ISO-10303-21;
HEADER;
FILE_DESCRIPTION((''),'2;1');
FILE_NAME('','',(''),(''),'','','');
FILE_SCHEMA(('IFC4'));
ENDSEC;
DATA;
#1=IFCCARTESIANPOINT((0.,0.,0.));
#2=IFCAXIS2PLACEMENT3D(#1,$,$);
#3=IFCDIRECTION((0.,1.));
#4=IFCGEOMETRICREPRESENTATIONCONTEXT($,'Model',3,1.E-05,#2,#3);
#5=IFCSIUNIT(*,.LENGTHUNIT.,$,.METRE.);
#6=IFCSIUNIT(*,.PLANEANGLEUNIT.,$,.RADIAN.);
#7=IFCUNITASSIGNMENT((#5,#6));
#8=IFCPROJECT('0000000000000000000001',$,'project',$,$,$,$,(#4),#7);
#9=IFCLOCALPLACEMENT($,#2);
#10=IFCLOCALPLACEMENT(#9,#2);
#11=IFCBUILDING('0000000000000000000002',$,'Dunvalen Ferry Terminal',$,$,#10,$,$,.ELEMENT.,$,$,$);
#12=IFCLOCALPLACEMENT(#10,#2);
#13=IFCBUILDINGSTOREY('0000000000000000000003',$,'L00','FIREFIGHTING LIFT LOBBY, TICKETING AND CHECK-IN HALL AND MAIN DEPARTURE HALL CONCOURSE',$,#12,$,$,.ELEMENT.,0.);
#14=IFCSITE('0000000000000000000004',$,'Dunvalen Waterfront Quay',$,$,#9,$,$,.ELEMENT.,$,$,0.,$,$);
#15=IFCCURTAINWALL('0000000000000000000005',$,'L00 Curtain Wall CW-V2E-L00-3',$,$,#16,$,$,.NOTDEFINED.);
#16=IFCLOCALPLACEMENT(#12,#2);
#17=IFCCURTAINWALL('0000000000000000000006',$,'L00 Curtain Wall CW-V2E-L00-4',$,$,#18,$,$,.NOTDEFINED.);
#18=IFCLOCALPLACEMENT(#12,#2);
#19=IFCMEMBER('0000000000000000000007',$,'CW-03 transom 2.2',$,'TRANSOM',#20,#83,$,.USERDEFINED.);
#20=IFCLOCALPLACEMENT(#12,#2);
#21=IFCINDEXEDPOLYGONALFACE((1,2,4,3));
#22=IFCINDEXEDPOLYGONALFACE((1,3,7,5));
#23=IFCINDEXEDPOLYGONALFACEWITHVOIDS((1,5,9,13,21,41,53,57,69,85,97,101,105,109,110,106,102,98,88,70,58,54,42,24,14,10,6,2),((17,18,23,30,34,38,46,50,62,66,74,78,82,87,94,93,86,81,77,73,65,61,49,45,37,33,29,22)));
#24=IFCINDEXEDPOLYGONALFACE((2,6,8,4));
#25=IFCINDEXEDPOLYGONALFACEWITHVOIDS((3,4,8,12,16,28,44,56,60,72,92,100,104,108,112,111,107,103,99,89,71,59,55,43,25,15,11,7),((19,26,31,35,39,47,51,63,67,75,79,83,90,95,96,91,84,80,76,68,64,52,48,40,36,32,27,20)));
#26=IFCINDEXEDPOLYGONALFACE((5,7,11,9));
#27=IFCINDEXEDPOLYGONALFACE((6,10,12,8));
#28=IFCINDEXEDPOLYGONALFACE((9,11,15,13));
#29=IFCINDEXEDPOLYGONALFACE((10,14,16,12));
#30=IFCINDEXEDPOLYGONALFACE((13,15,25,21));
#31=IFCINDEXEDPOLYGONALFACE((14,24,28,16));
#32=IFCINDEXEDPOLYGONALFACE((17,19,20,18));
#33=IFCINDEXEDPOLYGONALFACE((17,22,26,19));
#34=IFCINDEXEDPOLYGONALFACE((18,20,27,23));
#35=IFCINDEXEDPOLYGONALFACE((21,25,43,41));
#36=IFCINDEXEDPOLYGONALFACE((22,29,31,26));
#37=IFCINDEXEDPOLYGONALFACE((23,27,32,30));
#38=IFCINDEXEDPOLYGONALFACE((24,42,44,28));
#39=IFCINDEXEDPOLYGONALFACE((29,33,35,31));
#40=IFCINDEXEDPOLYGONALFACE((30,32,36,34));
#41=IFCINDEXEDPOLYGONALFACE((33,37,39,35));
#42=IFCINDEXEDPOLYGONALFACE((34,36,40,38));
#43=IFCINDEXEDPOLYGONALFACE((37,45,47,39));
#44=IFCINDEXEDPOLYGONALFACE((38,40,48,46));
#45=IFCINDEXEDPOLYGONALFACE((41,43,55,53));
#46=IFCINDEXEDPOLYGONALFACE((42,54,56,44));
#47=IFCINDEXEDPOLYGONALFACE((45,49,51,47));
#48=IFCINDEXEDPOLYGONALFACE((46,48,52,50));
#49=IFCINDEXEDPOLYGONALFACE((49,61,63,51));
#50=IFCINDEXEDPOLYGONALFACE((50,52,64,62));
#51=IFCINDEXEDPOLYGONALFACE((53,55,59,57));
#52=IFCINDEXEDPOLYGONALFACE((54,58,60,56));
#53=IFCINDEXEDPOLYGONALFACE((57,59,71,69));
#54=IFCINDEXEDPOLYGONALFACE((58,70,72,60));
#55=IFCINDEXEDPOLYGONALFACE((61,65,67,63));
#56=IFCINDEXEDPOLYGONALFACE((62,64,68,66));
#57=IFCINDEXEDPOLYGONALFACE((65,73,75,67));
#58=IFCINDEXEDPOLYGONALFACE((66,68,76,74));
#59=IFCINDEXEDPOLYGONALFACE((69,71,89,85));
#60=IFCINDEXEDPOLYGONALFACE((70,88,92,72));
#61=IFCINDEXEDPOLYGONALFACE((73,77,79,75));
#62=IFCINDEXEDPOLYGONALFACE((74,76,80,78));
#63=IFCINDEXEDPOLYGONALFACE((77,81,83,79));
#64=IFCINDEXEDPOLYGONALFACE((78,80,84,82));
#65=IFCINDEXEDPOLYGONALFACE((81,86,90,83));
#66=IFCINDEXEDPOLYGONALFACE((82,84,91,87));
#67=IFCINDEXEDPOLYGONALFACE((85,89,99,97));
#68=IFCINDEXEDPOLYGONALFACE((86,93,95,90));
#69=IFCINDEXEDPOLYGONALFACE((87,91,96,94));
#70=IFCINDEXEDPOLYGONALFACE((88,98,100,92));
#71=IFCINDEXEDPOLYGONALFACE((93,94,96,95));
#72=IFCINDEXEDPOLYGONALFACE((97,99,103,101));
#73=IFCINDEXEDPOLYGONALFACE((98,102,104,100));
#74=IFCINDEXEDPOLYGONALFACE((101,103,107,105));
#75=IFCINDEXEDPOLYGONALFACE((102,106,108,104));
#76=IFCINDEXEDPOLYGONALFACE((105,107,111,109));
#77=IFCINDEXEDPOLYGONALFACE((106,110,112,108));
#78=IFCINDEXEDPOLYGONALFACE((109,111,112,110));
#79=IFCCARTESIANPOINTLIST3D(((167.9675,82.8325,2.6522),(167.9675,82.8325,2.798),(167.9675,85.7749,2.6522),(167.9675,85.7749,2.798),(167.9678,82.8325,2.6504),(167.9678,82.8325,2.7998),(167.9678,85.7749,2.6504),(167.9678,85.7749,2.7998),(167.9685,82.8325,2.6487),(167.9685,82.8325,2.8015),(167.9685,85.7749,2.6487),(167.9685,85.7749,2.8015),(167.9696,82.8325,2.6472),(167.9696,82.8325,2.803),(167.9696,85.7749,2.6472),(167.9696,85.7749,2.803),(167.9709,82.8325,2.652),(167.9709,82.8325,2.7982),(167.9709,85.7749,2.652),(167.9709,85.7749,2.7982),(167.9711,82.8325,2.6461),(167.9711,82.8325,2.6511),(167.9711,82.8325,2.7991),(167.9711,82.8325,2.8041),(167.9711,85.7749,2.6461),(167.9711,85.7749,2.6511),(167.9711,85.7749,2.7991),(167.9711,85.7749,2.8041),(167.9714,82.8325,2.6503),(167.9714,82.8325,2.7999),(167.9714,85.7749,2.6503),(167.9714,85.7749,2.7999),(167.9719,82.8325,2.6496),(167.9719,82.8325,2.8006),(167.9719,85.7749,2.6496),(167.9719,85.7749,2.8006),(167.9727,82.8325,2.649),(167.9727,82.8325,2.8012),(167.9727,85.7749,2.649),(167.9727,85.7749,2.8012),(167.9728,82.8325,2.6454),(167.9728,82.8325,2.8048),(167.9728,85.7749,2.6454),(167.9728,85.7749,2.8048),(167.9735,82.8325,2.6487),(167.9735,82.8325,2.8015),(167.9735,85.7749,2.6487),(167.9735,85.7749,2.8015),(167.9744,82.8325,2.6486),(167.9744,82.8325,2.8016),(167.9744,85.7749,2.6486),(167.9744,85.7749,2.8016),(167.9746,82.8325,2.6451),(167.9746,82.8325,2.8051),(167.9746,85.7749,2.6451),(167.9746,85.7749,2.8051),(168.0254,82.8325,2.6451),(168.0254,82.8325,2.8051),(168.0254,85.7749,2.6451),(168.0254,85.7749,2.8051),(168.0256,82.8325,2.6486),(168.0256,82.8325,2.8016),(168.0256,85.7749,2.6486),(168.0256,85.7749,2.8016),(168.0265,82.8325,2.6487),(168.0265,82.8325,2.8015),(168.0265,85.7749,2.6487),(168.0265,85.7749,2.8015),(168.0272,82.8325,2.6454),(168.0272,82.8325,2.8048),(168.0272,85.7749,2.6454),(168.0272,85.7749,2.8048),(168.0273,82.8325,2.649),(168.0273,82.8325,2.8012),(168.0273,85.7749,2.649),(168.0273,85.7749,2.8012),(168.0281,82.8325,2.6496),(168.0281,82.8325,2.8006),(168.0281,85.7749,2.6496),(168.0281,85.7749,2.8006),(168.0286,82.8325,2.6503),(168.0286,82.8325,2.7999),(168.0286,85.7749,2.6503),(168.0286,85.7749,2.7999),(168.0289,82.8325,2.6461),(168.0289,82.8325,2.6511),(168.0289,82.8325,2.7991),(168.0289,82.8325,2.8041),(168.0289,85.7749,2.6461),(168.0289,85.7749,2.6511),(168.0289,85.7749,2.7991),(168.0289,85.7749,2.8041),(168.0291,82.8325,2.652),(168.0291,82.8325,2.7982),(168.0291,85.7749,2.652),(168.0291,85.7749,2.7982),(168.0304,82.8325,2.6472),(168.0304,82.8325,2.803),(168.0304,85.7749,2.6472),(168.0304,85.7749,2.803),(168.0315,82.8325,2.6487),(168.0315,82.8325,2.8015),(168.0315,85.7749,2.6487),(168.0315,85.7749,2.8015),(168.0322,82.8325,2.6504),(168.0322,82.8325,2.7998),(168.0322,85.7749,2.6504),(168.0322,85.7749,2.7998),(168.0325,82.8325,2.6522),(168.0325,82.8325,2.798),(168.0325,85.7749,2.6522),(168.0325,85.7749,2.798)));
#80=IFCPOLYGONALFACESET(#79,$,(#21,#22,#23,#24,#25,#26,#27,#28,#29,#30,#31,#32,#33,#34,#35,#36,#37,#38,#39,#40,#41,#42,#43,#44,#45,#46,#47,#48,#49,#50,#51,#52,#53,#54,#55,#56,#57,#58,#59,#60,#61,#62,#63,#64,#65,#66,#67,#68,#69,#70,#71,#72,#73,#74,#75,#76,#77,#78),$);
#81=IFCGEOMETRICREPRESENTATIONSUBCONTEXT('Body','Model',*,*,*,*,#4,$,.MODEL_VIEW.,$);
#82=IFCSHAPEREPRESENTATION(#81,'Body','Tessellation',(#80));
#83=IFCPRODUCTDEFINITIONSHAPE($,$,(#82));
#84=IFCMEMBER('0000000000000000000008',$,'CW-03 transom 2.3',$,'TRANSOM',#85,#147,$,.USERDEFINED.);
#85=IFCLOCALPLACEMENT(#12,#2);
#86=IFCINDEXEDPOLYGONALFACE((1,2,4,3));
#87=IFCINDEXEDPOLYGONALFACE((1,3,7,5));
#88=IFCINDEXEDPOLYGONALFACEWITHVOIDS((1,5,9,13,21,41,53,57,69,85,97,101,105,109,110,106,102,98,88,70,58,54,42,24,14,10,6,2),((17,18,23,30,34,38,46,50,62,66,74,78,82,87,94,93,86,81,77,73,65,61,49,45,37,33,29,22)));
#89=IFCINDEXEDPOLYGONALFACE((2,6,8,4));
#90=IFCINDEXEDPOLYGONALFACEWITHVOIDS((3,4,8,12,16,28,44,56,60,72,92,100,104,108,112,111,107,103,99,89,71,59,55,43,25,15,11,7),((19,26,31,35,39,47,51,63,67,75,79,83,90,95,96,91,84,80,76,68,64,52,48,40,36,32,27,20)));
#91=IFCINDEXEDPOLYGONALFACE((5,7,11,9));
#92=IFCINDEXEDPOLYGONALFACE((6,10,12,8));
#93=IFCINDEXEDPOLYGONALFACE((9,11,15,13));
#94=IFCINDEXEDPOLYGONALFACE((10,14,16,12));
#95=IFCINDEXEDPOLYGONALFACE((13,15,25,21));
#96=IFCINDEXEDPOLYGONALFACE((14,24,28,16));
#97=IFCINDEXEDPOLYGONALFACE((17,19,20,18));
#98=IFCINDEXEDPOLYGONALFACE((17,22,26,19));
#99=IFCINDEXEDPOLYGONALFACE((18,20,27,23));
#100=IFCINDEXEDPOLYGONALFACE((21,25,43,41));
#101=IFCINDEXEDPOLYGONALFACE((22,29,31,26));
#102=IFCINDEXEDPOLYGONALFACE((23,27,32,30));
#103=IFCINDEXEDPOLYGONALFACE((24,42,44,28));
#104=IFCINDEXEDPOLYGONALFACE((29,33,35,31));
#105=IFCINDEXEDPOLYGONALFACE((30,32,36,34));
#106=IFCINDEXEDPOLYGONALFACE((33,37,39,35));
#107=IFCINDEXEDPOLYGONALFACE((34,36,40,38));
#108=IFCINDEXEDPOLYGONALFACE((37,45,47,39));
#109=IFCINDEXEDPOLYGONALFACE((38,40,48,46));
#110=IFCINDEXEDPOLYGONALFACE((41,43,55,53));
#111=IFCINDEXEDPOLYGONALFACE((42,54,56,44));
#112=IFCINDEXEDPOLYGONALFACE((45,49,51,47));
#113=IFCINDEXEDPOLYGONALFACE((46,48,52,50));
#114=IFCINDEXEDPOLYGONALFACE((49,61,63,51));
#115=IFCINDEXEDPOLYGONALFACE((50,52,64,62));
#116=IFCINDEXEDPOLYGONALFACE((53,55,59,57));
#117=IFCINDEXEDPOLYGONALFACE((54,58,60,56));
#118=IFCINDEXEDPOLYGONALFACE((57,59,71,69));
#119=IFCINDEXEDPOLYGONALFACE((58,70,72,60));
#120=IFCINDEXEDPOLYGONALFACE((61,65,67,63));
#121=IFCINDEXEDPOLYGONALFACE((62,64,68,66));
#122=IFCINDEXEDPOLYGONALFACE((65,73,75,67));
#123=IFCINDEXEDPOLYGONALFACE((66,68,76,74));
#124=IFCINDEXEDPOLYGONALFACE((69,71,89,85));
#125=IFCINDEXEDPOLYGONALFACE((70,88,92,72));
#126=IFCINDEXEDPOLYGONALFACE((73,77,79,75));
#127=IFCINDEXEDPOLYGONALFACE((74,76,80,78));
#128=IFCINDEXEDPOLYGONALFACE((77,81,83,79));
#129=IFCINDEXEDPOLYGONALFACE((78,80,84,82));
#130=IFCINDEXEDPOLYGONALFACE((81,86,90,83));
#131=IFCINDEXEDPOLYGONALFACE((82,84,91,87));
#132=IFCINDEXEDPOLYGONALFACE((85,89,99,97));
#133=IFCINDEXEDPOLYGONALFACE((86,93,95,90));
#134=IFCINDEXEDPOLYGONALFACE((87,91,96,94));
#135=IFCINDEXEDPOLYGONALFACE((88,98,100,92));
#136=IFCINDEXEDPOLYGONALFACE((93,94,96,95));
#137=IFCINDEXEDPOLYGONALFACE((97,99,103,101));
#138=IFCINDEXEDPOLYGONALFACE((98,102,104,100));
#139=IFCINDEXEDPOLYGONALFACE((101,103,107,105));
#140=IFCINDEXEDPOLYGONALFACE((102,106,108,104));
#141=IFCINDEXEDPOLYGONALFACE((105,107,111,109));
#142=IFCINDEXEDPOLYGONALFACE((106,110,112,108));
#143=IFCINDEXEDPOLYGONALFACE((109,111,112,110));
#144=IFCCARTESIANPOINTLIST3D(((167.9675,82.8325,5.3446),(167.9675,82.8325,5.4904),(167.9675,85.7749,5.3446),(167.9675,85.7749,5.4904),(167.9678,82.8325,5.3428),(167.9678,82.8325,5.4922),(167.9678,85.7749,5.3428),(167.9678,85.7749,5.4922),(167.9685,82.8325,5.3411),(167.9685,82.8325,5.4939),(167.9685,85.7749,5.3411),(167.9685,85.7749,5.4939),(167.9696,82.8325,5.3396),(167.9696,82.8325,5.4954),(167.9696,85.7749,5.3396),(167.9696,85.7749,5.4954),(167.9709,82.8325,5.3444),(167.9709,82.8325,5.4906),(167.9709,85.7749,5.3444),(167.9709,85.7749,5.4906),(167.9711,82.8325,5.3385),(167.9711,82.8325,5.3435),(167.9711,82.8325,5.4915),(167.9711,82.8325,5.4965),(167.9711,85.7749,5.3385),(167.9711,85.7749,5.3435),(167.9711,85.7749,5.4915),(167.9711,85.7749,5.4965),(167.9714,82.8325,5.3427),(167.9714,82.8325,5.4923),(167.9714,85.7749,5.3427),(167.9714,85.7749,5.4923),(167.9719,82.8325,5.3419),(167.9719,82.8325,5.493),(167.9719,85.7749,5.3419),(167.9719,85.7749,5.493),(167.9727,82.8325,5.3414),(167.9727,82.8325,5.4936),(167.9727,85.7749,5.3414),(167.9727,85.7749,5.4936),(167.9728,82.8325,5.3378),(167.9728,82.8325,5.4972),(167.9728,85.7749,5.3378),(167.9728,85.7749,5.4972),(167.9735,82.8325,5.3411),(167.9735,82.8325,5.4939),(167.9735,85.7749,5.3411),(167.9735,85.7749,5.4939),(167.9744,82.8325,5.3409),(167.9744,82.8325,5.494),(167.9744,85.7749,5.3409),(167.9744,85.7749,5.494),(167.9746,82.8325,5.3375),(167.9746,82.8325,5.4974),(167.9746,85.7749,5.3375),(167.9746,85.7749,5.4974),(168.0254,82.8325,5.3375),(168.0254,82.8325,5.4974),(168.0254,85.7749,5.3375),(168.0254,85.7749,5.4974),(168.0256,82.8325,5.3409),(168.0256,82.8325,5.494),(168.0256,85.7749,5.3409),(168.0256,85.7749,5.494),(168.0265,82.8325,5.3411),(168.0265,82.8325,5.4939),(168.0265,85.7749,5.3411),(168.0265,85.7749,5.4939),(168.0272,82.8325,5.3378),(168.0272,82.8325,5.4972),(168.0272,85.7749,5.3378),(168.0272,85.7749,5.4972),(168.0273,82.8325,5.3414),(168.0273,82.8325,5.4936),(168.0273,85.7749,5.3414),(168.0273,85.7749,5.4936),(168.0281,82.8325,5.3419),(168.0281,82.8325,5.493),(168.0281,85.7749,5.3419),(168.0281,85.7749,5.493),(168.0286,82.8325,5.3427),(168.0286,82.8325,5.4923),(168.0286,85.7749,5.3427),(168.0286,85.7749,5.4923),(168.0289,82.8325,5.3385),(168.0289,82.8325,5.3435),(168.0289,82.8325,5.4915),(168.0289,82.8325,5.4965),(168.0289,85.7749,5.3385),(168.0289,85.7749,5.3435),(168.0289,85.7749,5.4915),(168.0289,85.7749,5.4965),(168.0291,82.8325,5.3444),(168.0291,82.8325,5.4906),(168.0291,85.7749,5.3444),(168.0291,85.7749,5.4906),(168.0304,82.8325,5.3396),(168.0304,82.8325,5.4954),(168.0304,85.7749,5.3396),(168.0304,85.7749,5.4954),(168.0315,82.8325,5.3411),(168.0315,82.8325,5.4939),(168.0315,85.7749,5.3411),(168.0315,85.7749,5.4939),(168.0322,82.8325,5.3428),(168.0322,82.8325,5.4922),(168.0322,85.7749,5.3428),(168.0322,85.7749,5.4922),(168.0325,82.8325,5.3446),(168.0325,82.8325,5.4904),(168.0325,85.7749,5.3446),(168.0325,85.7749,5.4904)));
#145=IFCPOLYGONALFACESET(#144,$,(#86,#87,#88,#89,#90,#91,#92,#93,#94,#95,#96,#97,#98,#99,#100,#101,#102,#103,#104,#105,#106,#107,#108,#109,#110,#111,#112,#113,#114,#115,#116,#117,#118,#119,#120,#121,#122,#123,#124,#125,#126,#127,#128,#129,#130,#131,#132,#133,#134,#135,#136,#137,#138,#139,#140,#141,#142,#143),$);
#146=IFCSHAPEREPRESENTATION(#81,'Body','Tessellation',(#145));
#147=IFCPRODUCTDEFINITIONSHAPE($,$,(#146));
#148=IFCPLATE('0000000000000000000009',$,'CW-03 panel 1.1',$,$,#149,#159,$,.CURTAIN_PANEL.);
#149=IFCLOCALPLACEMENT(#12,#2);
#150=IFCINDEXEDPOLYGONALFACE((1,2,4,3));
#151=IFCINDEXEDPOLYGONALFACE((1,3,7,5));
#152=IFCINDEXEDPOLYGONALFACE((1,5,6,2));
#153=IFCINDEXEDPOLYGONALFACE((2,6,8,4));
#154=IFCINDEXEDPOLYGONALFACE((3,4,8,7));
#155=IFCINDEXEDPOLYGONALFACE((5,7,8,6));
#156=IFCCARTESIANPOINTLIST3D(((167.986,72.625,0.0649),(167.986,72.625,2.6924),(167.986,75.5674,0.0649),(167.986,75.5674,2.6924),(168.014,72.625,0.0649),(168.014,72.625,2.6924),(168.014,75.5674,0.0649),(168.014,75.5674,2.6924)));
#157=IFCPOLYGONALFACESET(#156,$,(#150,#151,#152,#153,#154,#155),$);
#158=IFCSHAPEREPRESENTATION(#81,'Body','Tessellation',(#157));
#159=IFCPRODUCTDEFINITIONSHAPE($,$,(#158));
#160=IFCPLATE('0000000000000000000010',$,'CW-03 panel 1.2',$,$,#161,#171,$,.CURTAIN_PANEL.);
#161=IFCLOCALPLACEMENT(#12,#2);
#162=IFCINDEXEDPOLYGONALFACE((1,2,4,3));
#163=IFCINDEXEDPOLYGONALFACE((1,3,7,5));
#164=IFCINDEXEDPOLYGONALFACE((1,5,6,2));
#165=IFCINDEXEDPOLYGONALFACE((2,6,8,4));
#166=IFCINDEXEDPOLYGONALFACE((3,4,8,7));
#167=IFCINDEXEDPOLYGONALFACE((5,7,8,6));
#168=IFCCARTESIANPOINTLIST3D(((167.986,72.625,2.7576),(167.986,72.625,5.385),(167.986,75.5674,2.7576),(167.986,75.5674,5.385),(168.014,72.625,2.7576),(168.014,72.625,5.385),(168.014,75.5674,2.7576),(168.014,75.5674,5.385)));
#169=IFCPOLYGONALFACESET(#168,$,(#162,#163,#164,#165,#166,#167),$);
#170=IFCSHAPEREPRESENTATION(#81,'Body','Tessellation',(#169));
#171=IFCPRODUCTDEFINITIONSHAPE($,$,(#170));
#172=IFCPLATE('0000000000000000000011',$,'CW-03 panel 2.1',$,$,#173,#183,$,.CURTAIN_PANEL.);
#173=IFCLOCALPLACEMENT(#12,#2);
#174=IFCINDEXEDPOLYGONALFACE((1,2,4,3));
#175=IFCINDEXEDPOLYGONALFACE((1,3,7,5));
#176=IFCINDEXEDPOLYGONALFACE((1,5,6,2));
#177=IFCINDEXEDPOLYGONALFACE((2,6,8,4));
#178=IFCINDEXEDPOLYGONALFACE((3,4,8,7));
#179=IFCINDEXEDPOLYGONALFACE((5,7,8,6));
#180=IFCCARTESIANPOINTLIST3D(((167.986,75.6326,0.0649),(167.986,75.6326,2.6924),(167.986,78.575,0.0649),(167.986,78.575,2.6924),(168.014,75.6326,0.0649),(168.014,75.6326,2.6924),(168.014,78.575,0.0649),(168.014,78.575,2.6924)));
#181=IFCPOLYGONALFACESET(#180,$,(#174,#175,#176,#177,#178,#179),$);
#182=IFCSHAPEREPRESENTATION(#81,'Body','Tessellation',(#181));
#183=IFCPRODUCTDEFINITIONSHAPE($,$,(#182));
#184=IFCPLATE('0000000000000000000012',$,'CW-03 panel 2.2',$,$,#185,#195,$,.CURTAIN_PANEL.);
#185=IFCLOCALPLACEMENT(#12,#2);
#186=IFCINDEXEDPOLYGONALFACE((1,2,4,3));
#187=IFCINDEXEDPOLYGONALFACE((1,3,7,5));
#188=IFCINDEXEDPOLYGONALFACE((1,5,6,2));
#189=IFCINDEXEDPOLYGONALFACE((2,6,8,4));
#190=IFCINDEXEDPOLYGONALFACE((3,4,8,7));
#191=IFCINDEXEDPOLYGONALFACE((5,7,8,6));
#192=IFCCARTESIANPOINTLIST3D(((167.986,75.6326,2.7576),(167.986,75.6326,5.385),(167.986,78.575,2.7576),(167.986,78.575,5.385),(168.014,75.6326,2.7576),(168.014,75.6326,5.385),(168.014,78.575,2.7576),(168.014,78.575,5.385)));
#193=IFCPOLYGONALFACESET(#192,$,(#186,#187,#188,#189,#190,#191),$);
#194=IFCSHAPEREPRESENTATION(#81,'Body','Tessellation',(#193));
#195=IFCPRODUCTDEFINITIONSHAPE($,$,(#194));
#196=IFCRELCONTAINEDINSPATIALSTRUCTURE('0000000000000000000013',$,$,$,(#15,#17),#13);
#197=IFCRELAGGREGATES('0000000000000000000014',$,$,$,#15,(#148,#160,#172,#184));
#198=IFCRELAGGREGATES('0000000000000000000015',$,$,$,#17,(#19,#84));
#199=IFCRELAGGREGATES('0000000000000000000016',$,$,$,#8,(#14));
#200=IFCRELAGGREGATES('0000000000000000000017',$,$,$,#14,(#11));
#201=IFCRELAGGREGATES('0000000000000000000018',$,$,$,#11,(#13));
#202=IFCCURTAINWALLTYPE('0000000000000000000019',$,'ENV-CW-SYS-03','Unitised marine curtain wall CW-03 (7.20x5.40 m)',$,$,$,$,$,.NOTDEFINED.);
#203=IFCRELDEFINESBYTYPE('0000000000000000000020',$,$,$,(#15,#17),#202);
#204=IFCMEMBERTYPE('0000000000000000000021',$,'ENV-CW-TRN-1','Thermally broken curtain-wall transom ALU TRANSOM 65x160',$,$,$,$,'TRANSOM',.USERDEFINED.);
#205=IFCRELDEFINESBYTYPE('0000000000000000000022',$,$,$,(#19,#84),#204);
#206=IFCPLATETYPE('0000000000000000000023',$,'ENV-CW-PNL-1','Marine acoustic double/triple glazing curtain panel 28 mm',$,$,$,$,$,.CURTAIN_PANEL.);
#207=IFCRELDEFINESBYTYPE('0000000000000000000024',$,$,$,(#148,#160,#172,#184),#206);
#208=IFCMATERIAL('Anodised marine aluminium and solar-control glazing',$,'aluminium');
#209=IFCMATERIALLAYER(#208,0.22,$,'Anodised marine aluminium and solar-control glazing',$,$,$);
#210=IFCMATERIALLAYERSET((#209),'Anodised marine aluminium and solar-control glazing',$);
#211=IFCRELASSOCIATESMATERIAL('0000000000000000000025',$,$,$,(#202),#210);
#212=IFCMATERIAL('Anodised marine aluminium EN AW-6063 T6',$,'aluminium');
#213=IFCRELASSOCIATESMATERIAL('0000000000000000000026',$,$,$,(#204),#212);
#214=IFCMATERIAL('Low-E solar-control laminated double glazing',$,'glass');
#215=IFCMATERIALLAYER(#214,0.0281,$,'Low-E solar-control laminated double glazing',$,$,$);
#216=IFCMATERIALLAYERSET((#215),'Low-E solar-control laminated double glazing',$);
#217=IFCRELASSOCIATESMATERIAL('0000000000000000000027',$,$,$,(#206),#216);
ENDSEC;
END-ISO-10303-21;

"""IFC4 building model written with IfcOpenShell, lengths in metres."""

from ifc_helpers import new_model, si_unit, direction, frame, origin, origin_2d, place, context, subcontext, project, spatial, rectangle, hollow_rectangle, extrude, material, layer, layer_set, material_profile, profile_set, type_object, element, aggregate, save


model = new_model("IFC4")

# Units and contexts
model_context = context("Model", 3, precision=1e-05, world=origin(), true_north=direction((0.0, 1.0)))
body_context = subcontext(model_context, "Body", "Model", "MODEL_VIEW")
ifc_project = project(units=[si_unit("LENGTHUNIT", "METRE"), si_unit("PLANEANGLEUNIT", "RADIAN")], contexts=[model_context])

# Site, building, storey
site_placement = place(None, origin())
site = spatial("IfcSite", under=ifc_project, at=site_placement, Name="Dunvalen Waterfront Quay", CompositionType="ELEMENT", RefElevation=0.0)
building_placement = place(site_placement, origin())
building = spatial("IfcBuilding", under=site, at=building_placement, Name="Dunvalen Ferry Terminal", CompositionType="ELEMENT")
storey_placement = place(building_placement, origin())
storey = spatial("IfcBuildingStorey", under=building, at=storey_placement, Name="L00", Description="FIREFIGHTING LIFT LOBBY, TICKETING AND CHECK-IN HALL AND MAIN DEPARTURE HALL CONCOURSE", CompositionType="ELEMENT", Elevation=0.0)

# Curtain walls
ifc_material_1 = material(Name="Anodised marine aluminium and solar-control glazing", Category="aluminium")
ifc_layer_1 = layer(ifc_material_1, 0.22, Name="Anodised marine aluminium and solar-control glazing")
ifc_layer_set_1 = layer_set([ifc_layer_1], Name="Anodised marine aluminium and solar-control glazing")
curtain_wall_type = type_object("IfcCurtainWallType", Name="ENV-CW-SYS-03", Description="Unitised marine curtain wall CW-03 (7.20x5.40 m)", PredefinedType="NOTDEFINED", material=ifc_layer_set_1)
curtain_wall_1_placement = place(storey_placement, origin())
curtain_wall_1 = element("IfcCurtainWall", 1, at=curtain_wall_1_placement, inside=storey, type_object=curtain_wall_type, Name="L00 Curtain Wall CW-V2E-L00-3", PredefinedType="NOTDEFINED")
ifc_material_2 = material(Name="Anodised marine aluminium EN AW-6063 T6", Category="aluminium")
curtain_wall_2_placement = place(storey_placement, origin())
curtain_wall_2 = element("IfcCurtainWall", 2, at=curtain_wall_2_placement, inside=storey, type_object=curtain_wall_type, Name="L00 Curtain Wall CW-V2E-L00-4", PredefinedType="NOTDEFINED")

# Members
ifc_material_profile_1 = material_profile(ifc_material_2, hollow_rectangle(XDim=0.0649, YDim=0.1599, WallThickness=0.0034, InnerFilletRadius=0.0034, OuterFilletRadius=0.0071, at=origin_2d()), Name="Anodised marine aluminium EN AW-6063 T6")
ifc_profile_set_1 = profile_set([ifc_material_profile_1], Name="Anodised marine aluminium EN AW-6063 T6")
member_type_1 = type_object("IfcMemberType", Name="ENV-CW-TRN-1", Description="Thermally broken curtain-wall transom ALU TRANSOM 65x160", ElementType="TRANSOM", PredefinedType="USERDEFINED", material=ifc_profile_set_1)
member_1_placement = place(storey_placement, frame((168.0, 82.8325, 2.7251), z_axis=(0.0, 1.0, 0.0), x_axis=(-1.0, 0.0, 0.0)))
member_1 = element("IfcMember", 3, at=member_1_placement, type_object=member_type_1, Name="CW-03 transom 2.2", ObjectType="TRANSOM", PredefinedType="USERDEFINED", context=body_context, shape_type="SweptSolid", body=[
    extrude(hollow_rectangle(XDim=0.0649, YDim=0.1599, WallThickness=0.0034, InnerFilletRadius=0.0034, OuterFilletRadius=0.0071, at=origin_2d()), origin(), (0.0, 0.0, 1.0), 2.9424),
])
member_2_placement = place(storey_placement, frame((168.0, 82.8325, 5.4175), z_axis=(0.0, 1.0, 0.0), x_axis=(-1.0, 0.0, 0.0)))
member_2 = element("IfcMember", 4, at=member_2_placement, type_object=member_type_1, Name="CW-03 transom 2.3", ObjectType="TRANSOM", PredefinedType="USERDEFINED", context=body_context, shape_type="SweptSolid", body=[
    extrude(hollow_rectangle(XDim=0.0649, YDim=0.1599, WallThickness=0.0034, InnerFilletRadius=0.0034, OuterFilletRadius=0.0071, at=origin_2d()), origin(), (0.0, 0.0, 1.0), 2.9424),
])

# Plates
ifc_material_3 = material(Name="Low-E solar-control laminated double glazing", Category="glass")
ifc_layer_2 = layer(ifc_material_3, 0.0281, Name="Low-E solar-control laminated double glazing")
ifc_layer_set_2 = layer_set([ifc_layer_2], Name="Low-E solar-control laminated double glazing")
plate_type = type_object("IfcPlateType", Name="ENV-CW-PNL-1", Description="Marine acoustic double/triple glazing curtain panel 28 mm", PredefinedType="CURTAIN_PANEL", material=ifc_layer_set_2)
plate_1_placement = place(storey_placement, frame((168.0, 74.0962, 0.0649), z_axis=(0.0, 0.0, 1.0), x_axis=(0.0, 1.0, 0.0)))
plate_1 = element("IfcPlate", 5, at=plate_1_placement, type_object=plate_type, Name="CW-03 panel 1.1", PredefinedType="CURTAIN_PANEL", context=body_context, shape_type="SweptSolid", body=[
    extrude(rectangle(XDim=2.9424, YDim=0.0281, at=origin_2d()), origin(), (0.0, 0.0, 1.0), 2.6274),
])
plate_2_placement = place(storey_placement, frame((168.0, 74.0962, 2.7576), z_axis=(0.0, 0.0, 1.0), x_axis=(0.0, 1.0, 0.0)))
plate_2 = element("IfcPlate", 6, at=plate_2_placement, type_object=plate_type, Name="CW-03 panel 1.2", PredefinedType="CURTAIN_PANEL", context=body_context, shape_type="SweptSolid", body=[
    extrude(rectangle(XDim=2.9424, YDim=0.0281, at=origin_2d()), origin(), (0.0, 0.0, 1.0), 2.6274),
])
plate_3_placement = place(storey_placement, frame((168.0, 77.1038, 0.0649), z_axis=(0.0, 0.0, 1.0), x_axis=(0.0, 1.0, 0.0)))
plate_3 = element("IfcPlate", 7, at=plate_3_placement, type_object=plate_type, Name="CW-03 panel 2.1", PredefinedType="CURTAIN_PANEL", context=body_context, shape_type="SweptSolid", body=[
    extrude(rectangle(XDim=2.9424, YDim=0.0281, at=origin_2d()), origin(), (0.0, 0.0, 1.0), 2.6274),
])
plate_4_placement = place(storey_placement, frame((168.0, 77.1038, 2.7576), z_axis=(0.0, 0.0, 1.0), x_axis=(0.0, 1.0, 0.0)))
plate_4 = element("IfcPlate", 8, at=plate_4_placement, type_object=plate_type, Name="CW-03 panel 2.2", PredefinedType="CURTAIN_PANEL", context=body_context, shape_type="SweptSolid", body=[
    extrude(rectangle(XDim=2.9424, YDim=0.0281, at=origin_2d()), origin(), (0.0, 0.0, 1.0), 2.6274),
])
aggregate(curtain_wall_1, [plate_1, plate_2, plate_3, plate_4])
aggregate(curtain_wall_2, [member_1, member_2])

save(model, "model.ifc")
